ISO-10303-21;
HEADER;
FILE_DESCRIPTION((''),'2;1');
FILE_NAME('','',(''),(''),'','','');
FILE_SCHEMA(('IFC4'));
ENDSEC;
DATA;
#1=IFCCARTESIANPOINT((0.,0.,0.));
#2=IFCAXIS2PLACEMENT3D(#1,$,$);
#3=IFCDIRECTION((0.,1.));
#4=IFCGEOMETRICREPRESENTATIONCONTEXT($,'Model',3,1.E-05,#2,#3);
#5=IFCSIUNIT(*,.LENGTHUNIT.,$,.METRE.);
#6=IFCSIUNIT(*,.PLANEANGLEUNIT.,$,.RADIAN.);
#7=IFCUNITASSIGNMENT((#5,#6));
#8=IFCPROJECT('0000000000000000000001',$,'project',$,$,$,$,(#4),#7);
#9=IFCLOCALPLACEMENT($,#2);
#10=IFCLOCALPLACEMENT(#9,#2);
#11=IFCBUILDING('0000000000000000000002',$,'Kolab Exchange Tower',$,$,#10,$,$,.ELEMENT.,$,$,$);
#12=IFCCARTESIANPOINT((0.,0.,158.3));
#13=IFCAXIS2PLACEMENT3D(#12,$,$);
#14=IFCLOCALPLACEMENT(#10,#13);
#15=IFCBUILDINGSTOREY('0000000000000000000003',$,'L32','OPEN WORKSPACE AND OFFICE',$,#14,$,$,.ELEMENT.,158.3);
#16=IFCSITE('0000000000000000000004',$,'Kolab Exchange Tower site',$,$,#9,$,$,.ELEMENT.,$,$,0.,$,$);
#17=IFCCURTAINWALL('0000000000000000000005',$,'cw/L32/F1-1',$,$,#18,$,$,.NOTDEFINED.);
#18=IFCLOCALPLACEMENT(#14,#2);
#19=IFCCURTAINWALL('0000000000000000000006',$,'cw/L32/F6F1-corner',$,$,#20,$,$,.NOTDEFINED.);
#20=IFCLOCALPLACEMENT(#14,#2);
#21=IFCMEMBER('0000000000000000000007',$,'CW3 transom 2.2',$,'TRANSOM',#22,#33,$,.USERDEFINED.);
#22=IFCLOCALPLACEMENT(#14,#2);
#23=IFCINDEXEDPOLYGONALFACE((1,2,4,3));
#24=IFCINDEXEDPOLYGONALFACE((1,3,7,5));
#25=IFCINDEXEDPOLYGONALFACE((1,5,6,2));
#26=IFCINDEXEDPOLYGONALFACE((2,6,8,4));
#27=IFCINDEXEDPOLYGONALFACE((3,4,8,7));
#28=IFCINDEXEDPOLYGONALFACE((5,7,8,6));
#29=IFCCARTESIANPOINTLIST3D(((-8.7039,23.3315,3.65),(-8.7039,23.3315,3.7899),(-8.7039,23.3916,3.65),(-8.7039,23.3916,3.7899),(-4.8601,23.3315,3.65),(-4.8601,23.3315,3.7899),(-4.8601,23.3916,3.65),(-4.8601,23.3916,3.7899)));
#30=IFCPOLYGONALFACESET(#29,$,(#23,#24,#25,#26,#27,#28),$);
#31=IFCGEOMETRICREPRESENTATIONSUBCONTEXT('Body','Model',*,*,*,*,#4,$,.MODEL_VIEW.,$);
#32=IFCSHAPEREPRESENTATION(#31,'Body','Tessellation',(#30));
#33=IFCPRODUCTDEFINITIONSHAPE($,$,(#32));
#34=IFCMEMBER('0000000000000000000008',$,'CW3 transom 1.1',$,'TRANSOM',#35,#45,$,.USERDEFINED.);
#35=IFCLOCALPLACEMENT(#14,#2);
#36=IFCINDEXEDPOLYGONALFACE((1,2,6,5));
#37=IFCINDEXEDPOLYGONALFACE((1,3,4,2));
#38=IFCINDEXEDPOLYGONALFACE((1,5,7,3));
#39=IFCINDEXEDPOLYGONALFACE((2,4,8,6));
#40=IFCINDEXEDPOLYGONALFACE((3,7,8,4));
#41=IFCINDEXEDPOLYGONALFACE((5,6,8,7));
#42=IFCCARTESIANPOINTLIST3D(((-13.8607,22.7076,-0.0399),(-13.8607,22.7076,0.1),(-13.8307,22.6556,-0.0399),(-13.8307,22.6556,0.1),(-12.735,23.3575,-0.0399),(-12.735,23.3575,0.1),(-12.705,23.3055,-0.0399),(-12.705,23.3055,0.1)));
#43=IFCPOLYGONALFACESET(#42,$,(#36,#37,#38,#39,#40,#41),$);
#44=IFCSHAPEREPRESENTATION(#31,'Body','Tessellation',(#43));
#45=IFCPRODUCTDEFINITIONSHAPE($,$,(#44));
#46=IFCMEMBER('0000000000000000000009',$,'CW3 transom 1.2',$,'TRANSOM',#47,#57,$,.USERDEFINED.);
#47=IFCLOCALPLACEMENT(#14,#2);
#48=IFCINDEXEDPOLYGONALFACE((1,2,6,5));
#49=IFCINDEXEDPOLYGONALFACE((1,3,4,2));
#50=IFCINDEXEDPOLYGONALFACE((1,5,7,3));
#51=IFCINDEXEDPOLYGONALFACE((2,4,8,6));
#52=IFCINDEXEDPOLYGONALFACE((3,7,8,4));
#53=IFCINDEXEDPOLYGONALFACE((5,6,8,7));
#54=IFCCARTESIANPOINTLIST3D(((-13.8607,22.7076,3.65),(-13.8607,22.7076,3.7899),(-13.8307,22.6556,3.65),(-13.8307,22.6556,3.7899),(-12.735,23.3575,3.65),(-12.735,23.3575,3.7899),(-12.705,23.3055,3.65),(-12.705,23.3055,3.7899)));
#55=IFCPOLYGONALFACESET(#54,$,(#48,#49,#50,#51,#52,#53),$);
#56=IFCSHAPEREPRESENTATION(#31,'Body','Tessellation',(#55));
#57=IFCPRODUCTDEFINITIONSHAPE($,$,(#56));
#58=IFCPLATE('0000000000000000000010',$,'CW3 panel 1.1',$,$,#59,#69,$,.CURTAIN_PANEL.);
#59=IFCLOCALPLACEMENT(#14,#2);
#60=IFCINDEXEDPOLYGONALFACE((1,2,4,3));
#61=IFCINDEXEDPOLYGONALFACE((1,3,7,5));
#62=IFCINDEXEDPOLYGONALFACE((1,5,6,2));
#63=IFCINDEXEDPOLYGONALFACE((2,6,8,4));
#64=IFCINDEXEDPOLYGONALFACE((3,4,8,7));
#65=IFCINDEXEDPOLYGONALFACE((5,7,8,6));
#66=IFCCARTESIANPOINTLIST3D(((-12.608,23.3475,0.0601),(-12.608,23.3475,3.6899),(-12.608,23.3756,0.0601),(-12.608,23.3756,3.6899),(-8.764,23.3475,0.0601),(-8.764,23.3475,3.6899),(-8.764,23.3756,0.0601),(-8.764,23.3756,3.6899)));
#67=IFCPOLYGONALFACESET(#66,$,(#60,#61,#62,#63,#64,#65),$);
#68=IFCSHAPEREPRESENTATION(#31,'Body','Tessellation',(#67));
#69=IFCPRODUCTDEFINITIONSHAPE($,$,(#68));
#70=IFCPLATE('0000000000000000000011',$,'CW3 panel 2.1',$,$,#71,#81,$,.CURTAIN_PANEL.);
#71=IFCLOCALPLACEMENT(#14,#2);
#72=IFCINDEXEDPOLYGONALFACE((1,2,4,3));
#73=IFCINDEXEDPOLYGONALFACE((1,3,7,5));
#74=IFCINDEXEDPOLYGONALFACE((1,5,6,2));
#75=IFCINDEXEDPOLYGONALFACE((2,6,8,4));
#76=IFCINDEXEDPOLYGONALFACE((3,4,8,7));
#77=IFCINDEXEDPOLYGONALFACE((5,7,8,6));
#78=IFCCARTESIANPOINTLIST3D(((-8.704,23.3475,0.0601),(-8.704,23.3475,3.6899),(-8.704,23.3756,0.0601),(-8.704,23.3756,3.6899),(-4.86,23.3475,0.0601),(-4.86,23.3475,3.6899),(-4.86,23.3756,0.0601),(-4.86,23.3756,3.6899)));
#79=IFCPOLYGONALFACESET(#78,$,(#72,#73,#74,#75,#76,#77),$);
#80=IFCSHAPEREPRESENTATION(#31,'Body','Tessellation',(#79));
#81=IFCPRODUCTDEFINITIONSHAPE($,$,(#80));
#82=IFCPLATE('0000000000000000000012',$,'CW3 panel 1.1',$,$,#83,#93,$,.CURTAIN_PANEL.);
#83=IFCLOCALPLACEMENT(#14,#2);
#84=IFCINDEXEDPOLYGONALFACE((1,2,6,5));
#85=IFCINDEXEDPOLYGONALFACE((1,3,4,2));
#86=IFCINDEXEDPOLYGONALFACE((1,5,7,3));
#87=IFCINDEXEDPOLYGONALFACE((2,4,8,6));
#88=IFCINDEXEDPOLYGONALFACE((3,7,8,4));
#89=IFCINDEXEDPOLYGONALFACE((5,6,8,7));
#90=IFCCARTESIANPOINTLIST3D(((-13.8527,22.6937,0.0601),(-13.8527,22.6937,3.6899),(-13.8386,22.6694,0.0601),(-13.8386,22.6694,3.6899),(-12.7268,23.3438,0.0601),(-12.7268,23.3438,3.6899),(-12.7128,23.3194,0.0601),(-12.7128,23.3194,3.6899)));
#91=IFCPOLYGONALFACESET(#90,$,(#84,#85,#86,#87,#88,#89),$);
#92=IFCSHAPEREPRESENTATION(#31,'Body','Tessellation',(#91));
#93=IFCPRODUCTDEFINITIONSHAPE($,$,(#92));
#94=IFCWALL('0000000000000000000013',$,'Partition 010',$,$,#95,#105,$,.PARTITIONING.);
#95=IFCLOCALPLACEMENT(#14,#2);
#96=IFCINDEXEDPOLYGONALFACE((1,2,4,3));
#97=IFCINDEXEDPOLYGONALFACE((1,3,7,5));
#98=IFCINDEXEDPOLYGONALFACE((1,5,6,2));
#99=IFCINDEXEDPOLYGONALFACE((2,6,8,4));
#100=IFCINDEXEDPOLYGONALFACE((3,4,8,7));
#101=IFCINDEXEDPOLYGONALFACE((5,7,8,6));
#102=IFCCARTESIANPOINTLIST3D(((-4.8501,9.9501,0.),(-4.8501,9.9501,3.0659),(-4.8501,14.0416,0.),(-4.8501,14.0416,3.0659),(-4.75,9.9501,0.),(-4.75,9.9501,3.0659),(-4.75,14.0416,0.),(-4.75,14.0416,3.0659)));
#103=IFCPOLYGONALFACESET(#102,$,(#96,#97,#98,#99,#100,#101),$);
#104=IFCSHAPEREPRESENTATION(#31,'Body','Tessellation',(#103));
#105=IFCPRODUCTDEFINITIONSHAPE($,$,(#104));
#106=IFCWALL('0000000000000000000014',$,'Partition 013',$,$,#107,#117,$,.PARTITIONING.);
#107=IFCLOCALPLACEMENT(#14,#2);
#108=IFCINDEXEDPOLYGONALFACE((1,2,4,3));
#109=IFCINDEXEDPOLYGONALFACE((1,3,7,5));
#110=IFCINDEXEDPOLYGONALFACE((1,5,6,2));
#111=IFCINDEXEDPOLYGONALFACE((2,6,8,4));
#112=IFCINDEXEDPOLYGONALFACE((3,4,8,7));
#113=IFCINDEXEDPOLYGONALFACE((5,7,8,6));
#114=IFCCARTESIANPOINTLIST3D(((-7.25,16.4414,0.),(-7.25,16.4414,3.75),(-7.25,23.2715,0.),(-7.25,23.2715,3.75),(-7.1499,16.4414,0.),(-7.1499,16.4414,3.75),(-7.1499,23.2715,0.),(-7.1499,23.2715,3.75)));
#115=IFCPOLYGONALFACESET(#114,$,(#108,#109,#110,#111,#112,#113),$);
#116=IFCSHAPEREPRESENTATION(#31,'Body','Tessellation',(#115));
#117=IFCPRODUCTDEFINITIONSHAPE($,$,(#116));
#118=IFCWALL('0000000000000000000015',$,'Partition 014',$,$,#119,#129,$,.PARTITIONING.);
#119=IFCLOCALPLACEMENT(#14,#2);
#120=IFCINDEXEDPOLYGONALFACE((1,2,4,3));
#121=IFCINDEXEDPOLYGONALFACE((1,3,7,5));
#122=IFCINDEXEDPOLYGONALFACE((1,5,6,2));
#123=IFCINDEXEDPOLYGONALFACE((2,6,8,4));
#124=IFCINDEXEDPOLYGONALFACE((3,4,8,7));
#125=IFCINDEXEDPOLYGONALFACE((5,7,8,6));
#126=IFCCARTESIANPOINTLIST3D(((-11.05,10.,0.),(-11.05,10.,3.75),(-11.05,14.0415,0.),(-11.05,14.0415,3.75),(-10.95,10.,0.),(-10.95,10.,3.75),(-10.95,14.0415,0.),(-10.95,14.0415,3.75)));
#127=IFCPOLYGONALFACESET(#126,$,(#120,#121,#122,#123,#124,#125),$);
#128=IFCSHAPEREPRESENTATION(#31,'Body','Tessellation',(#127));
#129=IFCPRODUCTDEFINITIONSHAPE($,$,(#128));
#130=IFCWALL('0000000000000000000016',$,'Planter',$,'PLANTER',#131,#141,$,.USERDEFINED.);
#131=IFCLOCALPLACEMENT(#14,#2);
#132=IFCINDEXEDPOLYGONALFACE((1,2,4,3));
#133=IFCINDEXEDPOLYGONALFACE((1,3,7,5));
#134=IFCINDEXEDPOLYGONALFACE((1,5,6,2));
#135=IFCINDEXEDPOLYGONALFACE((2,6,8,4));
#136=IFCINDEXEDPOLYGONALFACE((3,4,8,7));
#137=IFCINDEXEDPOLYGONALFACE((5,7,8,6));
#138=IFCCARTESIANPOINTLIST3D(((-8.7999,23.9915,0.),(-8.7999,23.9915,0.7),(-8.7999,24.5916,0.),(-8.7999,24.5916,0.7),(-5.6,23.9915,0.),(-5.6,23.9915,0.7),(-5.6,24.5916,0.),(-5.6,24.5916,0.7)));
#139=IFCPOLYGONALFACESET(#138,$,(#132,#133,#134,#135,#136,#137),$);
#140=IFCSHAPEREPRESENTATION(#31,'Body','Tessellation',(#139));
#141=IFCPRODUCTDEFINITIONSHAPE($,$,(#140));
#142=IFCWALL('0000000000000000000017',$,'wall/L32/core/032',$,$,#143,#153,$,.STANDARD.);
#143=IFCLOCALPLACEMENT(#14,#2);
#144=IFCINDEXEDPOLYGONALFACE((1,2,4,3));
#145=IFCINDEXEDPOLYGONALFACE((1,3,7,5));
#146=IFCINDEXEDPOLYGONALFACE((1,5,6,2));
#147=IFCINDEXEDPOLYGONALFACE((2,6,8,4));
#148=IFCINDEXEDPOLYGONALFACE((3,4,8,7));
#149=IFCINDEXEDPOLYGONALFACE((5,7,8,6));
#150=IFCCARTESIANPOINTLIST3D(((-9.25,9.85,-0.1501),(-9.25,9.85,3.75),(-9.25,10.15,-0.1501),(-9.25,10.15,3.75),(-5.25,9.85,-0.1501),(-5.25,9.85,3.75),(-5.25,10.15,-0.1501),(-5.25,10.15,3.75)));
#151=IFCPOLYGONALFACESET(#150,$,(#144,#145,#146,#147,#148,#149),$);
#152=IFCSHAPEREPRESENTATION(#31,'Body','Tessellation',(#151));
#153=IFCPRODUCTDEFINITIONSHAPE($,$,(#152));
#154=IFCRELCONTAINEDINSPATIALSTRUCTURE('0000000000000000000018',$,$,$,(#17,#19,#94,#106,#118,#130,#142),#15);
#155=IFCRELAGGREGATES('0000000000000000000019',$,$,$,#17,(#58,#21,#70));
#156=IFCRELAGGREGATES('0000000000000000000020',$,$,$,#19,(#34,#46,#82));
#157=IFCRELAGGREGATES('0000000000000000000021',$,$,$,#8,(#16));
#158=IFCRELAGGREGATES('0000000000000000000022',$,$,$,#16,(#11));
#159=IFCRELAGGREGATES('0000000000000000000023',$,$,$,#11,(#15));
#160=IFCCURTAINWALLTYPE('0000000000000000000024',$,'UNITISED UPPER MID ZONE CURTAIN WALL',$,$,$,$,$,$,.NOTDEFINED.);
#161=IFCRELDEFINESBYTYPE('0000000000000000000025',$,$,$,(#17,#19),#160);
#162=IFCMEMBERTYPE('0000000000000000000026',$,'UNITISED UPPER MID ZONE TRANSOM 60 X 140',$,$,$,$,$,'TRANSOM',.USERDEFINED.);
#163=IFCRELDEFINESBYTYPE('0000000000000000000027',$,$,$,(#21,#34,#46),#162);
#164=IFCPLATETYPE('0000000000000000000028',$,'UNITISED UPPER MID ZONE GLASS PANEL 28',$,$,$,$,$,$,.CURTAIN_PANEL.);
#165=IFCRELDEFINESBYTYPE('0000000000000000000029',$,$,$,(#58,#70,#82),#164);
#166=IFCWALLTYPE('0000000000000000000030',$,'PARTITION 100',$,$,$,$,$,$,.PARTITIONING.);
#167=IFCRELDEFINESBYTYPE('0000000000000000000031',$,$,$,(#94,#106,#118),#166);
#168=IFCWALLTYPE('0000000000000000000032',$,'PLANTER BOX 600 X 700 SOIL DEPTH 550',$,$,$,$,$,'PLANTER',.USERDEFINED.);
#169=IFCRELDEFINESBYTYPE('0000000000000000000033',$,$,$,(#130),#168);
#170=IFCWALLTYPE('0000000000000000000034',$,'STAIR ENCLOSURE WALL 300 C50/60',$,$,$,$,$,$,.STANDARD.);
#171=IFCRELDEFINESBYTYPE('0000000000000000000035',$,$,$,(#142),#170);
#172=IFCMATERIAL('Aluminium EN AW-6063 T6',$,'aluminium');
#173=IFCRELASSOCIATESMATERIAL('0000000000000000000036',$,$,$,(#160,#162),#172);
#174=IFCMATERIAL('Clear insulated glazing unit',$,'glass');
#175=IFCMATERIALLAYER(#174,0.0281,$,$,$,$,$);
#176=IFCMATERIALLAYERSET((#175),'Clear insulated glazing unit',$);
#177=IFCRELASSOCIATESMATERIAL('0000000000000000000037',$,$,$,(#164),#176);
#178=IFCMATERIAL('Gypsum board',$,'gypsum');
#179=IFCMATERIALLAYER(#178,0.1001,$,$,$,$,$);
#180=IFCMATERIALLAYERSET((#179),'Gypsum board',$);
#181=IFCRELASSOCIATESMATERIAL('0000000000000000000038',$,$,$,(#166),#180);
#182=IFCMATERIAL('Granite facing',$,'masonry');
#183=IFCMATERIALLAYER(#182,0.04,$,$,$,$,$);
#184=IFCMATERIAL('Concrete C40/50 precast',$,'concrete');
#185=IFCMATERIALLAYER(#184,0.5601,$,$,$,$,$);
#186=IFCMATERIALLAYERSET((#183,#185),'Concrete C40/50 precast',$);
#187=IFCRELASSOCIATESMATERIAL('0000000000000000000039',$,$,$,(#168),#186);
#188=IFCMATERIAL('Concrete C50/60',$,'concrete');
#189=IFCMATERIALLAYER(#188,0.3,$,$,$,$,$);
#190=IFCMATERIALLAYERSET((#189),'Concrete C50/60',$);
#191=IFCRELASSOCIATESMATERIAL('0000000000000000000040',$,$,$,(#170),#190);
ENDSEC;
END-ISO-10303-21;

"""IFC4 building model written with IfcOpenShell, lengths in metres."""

from ifc_helpers import new_model, si_unit, direction, frame, frame_2d, origin, origin_2d, place, context, subcontext, project, spatial, rectangle, extrude, material, layer, layer_set, material_profile, profile_set, type_object, element, aggregate, save


model = new_model("IFC4")

# Units and contexts
model_context = context("Model", 3, precision=1e-05, world=origin(), true_north=direction((0.0, 1.0)))
body_context = subcontext(model_context, "Body", "Model", "MODEL_VIEW")
ifc_project = project(units=[si_unit("LENGTHUNIT", "METRE"), si_unit("PLANEANGLEUNIT", "RADIAN")], contexts=[model_context])

# Site, building, storey
site_placement = place(None, origin())
site = spatial("IfcSite", under=ifc_project, at=site_placement, Name="Kolab Exchange Tower site", CompositionType="ELEMENT", RefElevation=0.0)
building_placement = place(site_placement, origin())
building = spatial("IfcBuilding", under=site, at=building_placement, Name="Kolab Exchange Tower", CompositionType="ELEMENT")
storey_placement = place(building_placement, frame((0.0, 0.0, 158.3)))
storey = spatial("IfcBuildingStorey", under=building, at=storey_placement, Name="L32", Description="OPEN WORKSPACE AND OFFICE", CompositionType="ELEMENT", Elevation=158.3)

# Curtain wall
ifc_material_1 = material(Name="Aluminium EN AW-6063 T6", Category="aluminium")
curtain_wall_type = type_object("IfcCurtainWallType", Name="UNITISED UPPER MID ZONE CURTAIN WALL", PredefinedType="NOTDEFINED", material=ifc_material_1)
curtain_wall_1_placement = place(storey_placement, origin())
curtain_wall_1 = element("IfcCurtainWall", 1, at=curtain_wall_1_placement, inside=storey, type_object=curtain_wall_type, Name="cw/L32/F1-1", PredefinedType="NOTDEFINED")

# Curtain wall
curtain_wall_2_placement = place(storey_placement, origin())
curtain_wall_2 = element("IfcCurtainWall", 2, at=curtain_wall_2_placement, inside=storey, type_object=curtain_wall_type, Name="cw/L32/F6F1-corner", PredefinedType="NOTDEFINED")

# Members
ifc_material_profile_1 = material_profile(ifc_material_1, rectangle(XDim=0.0601, YDim=0.1399, at=origin_2d()), Name="RECT 60X140")
ifc_profile_set_1 = profile_set([ifc_material_profile_1], Name="Aluminium EN AW-6063 T6")
member_type_1 = type_object("IfcMemberType", Name="UNITISED UPPER MID ZONE TRANSOM 60 X 140", ElementType="TRANSOM", PredefinedType="USERDEFINED", material=ifc_profile_set_1)
member_1_placement = place(storey_placement, frame((-8.7039, 23.3616, 3.72), z_axis=(1.0, 0.0, 0.0), x_axis=(0.0, 1.0, 0.0)))
member_1 = element("IfcMember", 3, at=member_1_placement, type_object=member_type_1, Name="CW3 transom 2.2", ObjectType="TRANSOM", PredefinedType="USERDEFINED", context=body_context, shape_type="SweptSolid", body=[
    extrude(rectangle(XDim=0.0601, YDim=0.1399, at=origin_2d()), origin(), (0.0, 0.0, 1.0), 3.8438),
])
member_2_placement = place(storey_placement, frame((-13.8457, 22.6816, 0.03), z_axis=(0.866039, 0.499977, 0.0), x_axis=(-0.499977, 0.866039, 0.0)))
member_2 = element("IfcMember", 4, at=member_2_placement, type_object=member_type_1, Name="CW3 transom 1.1", ObjectType="TRANSOM", PredefinedType="USERDEFINED", context=body_context, shape_type="SweptSolid", body=[
    extrude(rectangle(XDim=0.0601, YDim=0.1399, at=origin_2d()), origin(), (0.0, 0.0, 1.0), 1.2998),
])
member_3_placement = place(storey_placement, frame((-13.8457, 22.6816, 3.72), z_axis=(0.866039, 0.499977, 0.0), x_axis=(-0.499977, 0.866039, 0.0)))
member_3 = element("IfcMember", 5, at=member_3_placement, type_object=member_type_1, Name="CW3 transom 1.2", ObjectType="TRANSOM", PredefinedType="USERDEFINED", context=body_context, shape_type="SweptSolid", body=[
    extrude(rectangle(XDim=0.0601, YDim=0.1399, at=origin_2d()), origin(), (0.0, 0.0, 1.0), 1.2998),
])

# Plates
ifc_material_2 = material(Name="Clear insulated glazing unit", Category="glass")
ifc_layer_1 = layer(ifc_material_2, 0.0281)
ifc_layer_set_1 = layer_set([ifc_layer_1], Name="Clear insulated glazing unit")
plate_type = type_object("IfcPlateType", Name="UNITISED UPPER MID ZONE GLASS PANEL 28", PredefinedType="CURTAIN_PANEL", material=ifc_layer_set_1)
plate_1_placement = place(storey_placement, frame((-10.686, 23.3616, 0.0601), z_axis=(0.0, 0.0, 1.0), x_axis=(1.0, 0.0, 0.0)))
plate_1 = element("IfcPlate", 6, at=plate_1_placement, type_object=plate_type, Name="CW3 panel 1.1", PredefinedType="CURTAIN_PANEL", context=body_context, shape_type="SweptSolid", body=[
    extrude(rectangle(XDim=3.844, YDim=0.0281, at=origin_2d()), origin(), (0.0, 0.0, 1.0), 3.6299),
])
plate_2_placement = place(storey_placement, frame((-6.782, 23.3616, 0.0601), z_axis=(0.0, 0.0, 1.0), x_axis=(1.0, 0.0, 0.0)))
plate_2 = element("IfcPlate", 7, at=plate_2_placement, type_object=plate_type, Name="CW3 panel 2.1", PredefinedType="CURTAIN_PANEL", context=body_context, shape_type="SweptSolid", body=[
    extrude(rectangle(XDim=3.844, YDim=0.0281, at=origin_2d()), origin(), (0.0, 0.0, 1.0), 3.6299),
])
aggregate(curtain_wall_1, [plate_1, member_1, plate_2])
plate_3_placement = place(storey_placement, frame((-13.2827, 23.0066, 0.0601), z_axis=(0.0, 0.0, 1.0), x_axis=(0.866025, 0.5, 0.0)))
plate_3 = element("IfcPlate", 8, at=plate_3_placement, type_object=plate_type, Name="CW3 panel 1.1", PredefinedType="CURTAIN_PANEL", context=body_context, shape_type="SweptSolid", body=[
    extrude(rectangle(XDim=1.3, YDim=0.0281, at=origin_2d()), origin(), (0.0, 0.0, 1.0), 3.6299),
])
aggregate(curtain_wall_2, [member_2, member_3, plate_3])

# Walls
ifc_material_3 = material(Name="Gypsum board", Category="gypsum")
ifc_layer_2 = layer(ifc_material_3, 0.1001)
ifc_layer_set_2 = layer_set([ifc_layer_2], Name="Gypsum board")
wall_type_1 = type_object("IfcWallType", Name="PARTITION 100", PredefinedType="PARTITIONING", material=ifc_layer_set_2)
wall_1_placement = place(storey_placement, frame((-4.8, 9.95, 0.0), z_axis=(0.0, 0.0, 1.0), x_axis=(0.0, 1.0, 0.0)))
element("IfcWall", 9, at=wall_1_placement, inside=storey, type_object=wall_type_1, Name="Partition 010", PredefinedType="PARTITIONING", context=body_context, shape_type="SweptSolid", body=[
    extrude(rectangle(XDim=4.0916, YDim=0.1001, at=frame_2d((2.0459, 0.0))), origin(), (0.0, 0.0, 1.0), 3.0659),
])
wall_2_placement = place(storey_placement, frame((-7.2, 16.4414, 0.0), z_axis=(0.0, 0.0, 1.0), x_axis=(0.0, 1.0, 0.0)))
element("IfcWall", 10, at=wall_2_placement, inside=storey, type_object=wall_type_1, Name="Partition 013", PredefinedType="PARTITIONING", context=body_context, shape_type="SweptSolid", body=[
    extrude(rectangle(XDim=6.8301, YDim=0.1001, at=frame_2d((3.415, 0.0))), origin(), (0.0, 0.0, 1.0), 3.75),
])
wall_3_placement = place(storey_placement, frame((-11.0, 10.0, 0.0), z_axis=(0.0, 0.0, 1.0), x_axis=(0.0, 1.0, 0.0)))
element("IfcWall", 11, at=wall_3_placement, inside=storey, type_object=wall_type_1, Name="Partition 014", PredefinedType="PARTITIONING", context=body_context, shape_type="SweptSolid", body=[
    extrude(rectangle(XDim=4.0415, YDim=0.1001, at=frame_2d((2.0208, 0.0))), origin(), (0.0, 0.0, 1.0), 3.75),
])
ifc_material_4 = material(Name="Granite facing", Category="masonry")
ifc_layer_3 = layer(ifc_material_4, 0.04)
ifc_material_5 = material(Name="Concrete C40/50 precast", Category="concrete")
ifc_layer_4 = layer(ifc_material_5, 0.5601)
ifc_layer_set_3 = layer_set([ifc_layer_3, ifc_layer_4], Name="Concrete C40/50 precast")
wall_type_2 = type_object("IfcWallType", Name="PLANTER BOX 600 X 700 SOIL DEPTH 550", ElementType="PLANTER", PredefinedType="USERDEFINED", material=ifc_layer_set_3)
wall_4_placement = place(storey_placement, frame((-8.8, 24.2915, 0.0), z_axis=(0.0, 0.0, 1.0), x_axis=(1.0, 0.0, 0.0)))
element("IfcWall", 12, at=wall_4_placement, inside=storey, type_object=wall_type_2, Name="Planter", ObjectType="PLANTER", PredefinedType="USERDEFINED", context=body_context, shape_type="SweptSolid", body=[
    extrude(rectangle(XDim=3.2, YDim=0.6001, at=frame_2d((1.6001, 0.0))), origin(), (0.0, 0.0, 1.0), 0.7),
])
ifc_material_6 = material(Name="Concrete C50/60", Category="concrete")
ifc_layer_5 = layer(ifc_material_6, 0.3)
ifc_layer_set_4 = layer_set([ifc_layer_5], Name="Concrete C50/60")
wall_type_3 = type_object("IfcWallType", Name="STAIR ENCLOSURE WALL 300 C50/60", PredefinedType="STANDARD", material=ifc_layer_set_4)
wall_5_placement = place(storey_placement, frame((-9.25, 10.0, -0.1501), z_axis=(0.0, 0.0, 1.0), x_axis=(1.0, 0.0, 0.0)))
element("IfcWall", 13, at=wall_5_placement, inside=storey, type_object=wall_type_3, Name="wall/L32/core/032", PredefinedType="STANDARD", context=body_context, shape_type="SweptSolid", body=[
    extrude(rectangle(XDim=4.0, YDim=0.3, at=frame_2d((2.0, 0.0))), origin(), (0.0, 0.0, 1.0), 3.9001),
])

save(model, "model.ifc")
